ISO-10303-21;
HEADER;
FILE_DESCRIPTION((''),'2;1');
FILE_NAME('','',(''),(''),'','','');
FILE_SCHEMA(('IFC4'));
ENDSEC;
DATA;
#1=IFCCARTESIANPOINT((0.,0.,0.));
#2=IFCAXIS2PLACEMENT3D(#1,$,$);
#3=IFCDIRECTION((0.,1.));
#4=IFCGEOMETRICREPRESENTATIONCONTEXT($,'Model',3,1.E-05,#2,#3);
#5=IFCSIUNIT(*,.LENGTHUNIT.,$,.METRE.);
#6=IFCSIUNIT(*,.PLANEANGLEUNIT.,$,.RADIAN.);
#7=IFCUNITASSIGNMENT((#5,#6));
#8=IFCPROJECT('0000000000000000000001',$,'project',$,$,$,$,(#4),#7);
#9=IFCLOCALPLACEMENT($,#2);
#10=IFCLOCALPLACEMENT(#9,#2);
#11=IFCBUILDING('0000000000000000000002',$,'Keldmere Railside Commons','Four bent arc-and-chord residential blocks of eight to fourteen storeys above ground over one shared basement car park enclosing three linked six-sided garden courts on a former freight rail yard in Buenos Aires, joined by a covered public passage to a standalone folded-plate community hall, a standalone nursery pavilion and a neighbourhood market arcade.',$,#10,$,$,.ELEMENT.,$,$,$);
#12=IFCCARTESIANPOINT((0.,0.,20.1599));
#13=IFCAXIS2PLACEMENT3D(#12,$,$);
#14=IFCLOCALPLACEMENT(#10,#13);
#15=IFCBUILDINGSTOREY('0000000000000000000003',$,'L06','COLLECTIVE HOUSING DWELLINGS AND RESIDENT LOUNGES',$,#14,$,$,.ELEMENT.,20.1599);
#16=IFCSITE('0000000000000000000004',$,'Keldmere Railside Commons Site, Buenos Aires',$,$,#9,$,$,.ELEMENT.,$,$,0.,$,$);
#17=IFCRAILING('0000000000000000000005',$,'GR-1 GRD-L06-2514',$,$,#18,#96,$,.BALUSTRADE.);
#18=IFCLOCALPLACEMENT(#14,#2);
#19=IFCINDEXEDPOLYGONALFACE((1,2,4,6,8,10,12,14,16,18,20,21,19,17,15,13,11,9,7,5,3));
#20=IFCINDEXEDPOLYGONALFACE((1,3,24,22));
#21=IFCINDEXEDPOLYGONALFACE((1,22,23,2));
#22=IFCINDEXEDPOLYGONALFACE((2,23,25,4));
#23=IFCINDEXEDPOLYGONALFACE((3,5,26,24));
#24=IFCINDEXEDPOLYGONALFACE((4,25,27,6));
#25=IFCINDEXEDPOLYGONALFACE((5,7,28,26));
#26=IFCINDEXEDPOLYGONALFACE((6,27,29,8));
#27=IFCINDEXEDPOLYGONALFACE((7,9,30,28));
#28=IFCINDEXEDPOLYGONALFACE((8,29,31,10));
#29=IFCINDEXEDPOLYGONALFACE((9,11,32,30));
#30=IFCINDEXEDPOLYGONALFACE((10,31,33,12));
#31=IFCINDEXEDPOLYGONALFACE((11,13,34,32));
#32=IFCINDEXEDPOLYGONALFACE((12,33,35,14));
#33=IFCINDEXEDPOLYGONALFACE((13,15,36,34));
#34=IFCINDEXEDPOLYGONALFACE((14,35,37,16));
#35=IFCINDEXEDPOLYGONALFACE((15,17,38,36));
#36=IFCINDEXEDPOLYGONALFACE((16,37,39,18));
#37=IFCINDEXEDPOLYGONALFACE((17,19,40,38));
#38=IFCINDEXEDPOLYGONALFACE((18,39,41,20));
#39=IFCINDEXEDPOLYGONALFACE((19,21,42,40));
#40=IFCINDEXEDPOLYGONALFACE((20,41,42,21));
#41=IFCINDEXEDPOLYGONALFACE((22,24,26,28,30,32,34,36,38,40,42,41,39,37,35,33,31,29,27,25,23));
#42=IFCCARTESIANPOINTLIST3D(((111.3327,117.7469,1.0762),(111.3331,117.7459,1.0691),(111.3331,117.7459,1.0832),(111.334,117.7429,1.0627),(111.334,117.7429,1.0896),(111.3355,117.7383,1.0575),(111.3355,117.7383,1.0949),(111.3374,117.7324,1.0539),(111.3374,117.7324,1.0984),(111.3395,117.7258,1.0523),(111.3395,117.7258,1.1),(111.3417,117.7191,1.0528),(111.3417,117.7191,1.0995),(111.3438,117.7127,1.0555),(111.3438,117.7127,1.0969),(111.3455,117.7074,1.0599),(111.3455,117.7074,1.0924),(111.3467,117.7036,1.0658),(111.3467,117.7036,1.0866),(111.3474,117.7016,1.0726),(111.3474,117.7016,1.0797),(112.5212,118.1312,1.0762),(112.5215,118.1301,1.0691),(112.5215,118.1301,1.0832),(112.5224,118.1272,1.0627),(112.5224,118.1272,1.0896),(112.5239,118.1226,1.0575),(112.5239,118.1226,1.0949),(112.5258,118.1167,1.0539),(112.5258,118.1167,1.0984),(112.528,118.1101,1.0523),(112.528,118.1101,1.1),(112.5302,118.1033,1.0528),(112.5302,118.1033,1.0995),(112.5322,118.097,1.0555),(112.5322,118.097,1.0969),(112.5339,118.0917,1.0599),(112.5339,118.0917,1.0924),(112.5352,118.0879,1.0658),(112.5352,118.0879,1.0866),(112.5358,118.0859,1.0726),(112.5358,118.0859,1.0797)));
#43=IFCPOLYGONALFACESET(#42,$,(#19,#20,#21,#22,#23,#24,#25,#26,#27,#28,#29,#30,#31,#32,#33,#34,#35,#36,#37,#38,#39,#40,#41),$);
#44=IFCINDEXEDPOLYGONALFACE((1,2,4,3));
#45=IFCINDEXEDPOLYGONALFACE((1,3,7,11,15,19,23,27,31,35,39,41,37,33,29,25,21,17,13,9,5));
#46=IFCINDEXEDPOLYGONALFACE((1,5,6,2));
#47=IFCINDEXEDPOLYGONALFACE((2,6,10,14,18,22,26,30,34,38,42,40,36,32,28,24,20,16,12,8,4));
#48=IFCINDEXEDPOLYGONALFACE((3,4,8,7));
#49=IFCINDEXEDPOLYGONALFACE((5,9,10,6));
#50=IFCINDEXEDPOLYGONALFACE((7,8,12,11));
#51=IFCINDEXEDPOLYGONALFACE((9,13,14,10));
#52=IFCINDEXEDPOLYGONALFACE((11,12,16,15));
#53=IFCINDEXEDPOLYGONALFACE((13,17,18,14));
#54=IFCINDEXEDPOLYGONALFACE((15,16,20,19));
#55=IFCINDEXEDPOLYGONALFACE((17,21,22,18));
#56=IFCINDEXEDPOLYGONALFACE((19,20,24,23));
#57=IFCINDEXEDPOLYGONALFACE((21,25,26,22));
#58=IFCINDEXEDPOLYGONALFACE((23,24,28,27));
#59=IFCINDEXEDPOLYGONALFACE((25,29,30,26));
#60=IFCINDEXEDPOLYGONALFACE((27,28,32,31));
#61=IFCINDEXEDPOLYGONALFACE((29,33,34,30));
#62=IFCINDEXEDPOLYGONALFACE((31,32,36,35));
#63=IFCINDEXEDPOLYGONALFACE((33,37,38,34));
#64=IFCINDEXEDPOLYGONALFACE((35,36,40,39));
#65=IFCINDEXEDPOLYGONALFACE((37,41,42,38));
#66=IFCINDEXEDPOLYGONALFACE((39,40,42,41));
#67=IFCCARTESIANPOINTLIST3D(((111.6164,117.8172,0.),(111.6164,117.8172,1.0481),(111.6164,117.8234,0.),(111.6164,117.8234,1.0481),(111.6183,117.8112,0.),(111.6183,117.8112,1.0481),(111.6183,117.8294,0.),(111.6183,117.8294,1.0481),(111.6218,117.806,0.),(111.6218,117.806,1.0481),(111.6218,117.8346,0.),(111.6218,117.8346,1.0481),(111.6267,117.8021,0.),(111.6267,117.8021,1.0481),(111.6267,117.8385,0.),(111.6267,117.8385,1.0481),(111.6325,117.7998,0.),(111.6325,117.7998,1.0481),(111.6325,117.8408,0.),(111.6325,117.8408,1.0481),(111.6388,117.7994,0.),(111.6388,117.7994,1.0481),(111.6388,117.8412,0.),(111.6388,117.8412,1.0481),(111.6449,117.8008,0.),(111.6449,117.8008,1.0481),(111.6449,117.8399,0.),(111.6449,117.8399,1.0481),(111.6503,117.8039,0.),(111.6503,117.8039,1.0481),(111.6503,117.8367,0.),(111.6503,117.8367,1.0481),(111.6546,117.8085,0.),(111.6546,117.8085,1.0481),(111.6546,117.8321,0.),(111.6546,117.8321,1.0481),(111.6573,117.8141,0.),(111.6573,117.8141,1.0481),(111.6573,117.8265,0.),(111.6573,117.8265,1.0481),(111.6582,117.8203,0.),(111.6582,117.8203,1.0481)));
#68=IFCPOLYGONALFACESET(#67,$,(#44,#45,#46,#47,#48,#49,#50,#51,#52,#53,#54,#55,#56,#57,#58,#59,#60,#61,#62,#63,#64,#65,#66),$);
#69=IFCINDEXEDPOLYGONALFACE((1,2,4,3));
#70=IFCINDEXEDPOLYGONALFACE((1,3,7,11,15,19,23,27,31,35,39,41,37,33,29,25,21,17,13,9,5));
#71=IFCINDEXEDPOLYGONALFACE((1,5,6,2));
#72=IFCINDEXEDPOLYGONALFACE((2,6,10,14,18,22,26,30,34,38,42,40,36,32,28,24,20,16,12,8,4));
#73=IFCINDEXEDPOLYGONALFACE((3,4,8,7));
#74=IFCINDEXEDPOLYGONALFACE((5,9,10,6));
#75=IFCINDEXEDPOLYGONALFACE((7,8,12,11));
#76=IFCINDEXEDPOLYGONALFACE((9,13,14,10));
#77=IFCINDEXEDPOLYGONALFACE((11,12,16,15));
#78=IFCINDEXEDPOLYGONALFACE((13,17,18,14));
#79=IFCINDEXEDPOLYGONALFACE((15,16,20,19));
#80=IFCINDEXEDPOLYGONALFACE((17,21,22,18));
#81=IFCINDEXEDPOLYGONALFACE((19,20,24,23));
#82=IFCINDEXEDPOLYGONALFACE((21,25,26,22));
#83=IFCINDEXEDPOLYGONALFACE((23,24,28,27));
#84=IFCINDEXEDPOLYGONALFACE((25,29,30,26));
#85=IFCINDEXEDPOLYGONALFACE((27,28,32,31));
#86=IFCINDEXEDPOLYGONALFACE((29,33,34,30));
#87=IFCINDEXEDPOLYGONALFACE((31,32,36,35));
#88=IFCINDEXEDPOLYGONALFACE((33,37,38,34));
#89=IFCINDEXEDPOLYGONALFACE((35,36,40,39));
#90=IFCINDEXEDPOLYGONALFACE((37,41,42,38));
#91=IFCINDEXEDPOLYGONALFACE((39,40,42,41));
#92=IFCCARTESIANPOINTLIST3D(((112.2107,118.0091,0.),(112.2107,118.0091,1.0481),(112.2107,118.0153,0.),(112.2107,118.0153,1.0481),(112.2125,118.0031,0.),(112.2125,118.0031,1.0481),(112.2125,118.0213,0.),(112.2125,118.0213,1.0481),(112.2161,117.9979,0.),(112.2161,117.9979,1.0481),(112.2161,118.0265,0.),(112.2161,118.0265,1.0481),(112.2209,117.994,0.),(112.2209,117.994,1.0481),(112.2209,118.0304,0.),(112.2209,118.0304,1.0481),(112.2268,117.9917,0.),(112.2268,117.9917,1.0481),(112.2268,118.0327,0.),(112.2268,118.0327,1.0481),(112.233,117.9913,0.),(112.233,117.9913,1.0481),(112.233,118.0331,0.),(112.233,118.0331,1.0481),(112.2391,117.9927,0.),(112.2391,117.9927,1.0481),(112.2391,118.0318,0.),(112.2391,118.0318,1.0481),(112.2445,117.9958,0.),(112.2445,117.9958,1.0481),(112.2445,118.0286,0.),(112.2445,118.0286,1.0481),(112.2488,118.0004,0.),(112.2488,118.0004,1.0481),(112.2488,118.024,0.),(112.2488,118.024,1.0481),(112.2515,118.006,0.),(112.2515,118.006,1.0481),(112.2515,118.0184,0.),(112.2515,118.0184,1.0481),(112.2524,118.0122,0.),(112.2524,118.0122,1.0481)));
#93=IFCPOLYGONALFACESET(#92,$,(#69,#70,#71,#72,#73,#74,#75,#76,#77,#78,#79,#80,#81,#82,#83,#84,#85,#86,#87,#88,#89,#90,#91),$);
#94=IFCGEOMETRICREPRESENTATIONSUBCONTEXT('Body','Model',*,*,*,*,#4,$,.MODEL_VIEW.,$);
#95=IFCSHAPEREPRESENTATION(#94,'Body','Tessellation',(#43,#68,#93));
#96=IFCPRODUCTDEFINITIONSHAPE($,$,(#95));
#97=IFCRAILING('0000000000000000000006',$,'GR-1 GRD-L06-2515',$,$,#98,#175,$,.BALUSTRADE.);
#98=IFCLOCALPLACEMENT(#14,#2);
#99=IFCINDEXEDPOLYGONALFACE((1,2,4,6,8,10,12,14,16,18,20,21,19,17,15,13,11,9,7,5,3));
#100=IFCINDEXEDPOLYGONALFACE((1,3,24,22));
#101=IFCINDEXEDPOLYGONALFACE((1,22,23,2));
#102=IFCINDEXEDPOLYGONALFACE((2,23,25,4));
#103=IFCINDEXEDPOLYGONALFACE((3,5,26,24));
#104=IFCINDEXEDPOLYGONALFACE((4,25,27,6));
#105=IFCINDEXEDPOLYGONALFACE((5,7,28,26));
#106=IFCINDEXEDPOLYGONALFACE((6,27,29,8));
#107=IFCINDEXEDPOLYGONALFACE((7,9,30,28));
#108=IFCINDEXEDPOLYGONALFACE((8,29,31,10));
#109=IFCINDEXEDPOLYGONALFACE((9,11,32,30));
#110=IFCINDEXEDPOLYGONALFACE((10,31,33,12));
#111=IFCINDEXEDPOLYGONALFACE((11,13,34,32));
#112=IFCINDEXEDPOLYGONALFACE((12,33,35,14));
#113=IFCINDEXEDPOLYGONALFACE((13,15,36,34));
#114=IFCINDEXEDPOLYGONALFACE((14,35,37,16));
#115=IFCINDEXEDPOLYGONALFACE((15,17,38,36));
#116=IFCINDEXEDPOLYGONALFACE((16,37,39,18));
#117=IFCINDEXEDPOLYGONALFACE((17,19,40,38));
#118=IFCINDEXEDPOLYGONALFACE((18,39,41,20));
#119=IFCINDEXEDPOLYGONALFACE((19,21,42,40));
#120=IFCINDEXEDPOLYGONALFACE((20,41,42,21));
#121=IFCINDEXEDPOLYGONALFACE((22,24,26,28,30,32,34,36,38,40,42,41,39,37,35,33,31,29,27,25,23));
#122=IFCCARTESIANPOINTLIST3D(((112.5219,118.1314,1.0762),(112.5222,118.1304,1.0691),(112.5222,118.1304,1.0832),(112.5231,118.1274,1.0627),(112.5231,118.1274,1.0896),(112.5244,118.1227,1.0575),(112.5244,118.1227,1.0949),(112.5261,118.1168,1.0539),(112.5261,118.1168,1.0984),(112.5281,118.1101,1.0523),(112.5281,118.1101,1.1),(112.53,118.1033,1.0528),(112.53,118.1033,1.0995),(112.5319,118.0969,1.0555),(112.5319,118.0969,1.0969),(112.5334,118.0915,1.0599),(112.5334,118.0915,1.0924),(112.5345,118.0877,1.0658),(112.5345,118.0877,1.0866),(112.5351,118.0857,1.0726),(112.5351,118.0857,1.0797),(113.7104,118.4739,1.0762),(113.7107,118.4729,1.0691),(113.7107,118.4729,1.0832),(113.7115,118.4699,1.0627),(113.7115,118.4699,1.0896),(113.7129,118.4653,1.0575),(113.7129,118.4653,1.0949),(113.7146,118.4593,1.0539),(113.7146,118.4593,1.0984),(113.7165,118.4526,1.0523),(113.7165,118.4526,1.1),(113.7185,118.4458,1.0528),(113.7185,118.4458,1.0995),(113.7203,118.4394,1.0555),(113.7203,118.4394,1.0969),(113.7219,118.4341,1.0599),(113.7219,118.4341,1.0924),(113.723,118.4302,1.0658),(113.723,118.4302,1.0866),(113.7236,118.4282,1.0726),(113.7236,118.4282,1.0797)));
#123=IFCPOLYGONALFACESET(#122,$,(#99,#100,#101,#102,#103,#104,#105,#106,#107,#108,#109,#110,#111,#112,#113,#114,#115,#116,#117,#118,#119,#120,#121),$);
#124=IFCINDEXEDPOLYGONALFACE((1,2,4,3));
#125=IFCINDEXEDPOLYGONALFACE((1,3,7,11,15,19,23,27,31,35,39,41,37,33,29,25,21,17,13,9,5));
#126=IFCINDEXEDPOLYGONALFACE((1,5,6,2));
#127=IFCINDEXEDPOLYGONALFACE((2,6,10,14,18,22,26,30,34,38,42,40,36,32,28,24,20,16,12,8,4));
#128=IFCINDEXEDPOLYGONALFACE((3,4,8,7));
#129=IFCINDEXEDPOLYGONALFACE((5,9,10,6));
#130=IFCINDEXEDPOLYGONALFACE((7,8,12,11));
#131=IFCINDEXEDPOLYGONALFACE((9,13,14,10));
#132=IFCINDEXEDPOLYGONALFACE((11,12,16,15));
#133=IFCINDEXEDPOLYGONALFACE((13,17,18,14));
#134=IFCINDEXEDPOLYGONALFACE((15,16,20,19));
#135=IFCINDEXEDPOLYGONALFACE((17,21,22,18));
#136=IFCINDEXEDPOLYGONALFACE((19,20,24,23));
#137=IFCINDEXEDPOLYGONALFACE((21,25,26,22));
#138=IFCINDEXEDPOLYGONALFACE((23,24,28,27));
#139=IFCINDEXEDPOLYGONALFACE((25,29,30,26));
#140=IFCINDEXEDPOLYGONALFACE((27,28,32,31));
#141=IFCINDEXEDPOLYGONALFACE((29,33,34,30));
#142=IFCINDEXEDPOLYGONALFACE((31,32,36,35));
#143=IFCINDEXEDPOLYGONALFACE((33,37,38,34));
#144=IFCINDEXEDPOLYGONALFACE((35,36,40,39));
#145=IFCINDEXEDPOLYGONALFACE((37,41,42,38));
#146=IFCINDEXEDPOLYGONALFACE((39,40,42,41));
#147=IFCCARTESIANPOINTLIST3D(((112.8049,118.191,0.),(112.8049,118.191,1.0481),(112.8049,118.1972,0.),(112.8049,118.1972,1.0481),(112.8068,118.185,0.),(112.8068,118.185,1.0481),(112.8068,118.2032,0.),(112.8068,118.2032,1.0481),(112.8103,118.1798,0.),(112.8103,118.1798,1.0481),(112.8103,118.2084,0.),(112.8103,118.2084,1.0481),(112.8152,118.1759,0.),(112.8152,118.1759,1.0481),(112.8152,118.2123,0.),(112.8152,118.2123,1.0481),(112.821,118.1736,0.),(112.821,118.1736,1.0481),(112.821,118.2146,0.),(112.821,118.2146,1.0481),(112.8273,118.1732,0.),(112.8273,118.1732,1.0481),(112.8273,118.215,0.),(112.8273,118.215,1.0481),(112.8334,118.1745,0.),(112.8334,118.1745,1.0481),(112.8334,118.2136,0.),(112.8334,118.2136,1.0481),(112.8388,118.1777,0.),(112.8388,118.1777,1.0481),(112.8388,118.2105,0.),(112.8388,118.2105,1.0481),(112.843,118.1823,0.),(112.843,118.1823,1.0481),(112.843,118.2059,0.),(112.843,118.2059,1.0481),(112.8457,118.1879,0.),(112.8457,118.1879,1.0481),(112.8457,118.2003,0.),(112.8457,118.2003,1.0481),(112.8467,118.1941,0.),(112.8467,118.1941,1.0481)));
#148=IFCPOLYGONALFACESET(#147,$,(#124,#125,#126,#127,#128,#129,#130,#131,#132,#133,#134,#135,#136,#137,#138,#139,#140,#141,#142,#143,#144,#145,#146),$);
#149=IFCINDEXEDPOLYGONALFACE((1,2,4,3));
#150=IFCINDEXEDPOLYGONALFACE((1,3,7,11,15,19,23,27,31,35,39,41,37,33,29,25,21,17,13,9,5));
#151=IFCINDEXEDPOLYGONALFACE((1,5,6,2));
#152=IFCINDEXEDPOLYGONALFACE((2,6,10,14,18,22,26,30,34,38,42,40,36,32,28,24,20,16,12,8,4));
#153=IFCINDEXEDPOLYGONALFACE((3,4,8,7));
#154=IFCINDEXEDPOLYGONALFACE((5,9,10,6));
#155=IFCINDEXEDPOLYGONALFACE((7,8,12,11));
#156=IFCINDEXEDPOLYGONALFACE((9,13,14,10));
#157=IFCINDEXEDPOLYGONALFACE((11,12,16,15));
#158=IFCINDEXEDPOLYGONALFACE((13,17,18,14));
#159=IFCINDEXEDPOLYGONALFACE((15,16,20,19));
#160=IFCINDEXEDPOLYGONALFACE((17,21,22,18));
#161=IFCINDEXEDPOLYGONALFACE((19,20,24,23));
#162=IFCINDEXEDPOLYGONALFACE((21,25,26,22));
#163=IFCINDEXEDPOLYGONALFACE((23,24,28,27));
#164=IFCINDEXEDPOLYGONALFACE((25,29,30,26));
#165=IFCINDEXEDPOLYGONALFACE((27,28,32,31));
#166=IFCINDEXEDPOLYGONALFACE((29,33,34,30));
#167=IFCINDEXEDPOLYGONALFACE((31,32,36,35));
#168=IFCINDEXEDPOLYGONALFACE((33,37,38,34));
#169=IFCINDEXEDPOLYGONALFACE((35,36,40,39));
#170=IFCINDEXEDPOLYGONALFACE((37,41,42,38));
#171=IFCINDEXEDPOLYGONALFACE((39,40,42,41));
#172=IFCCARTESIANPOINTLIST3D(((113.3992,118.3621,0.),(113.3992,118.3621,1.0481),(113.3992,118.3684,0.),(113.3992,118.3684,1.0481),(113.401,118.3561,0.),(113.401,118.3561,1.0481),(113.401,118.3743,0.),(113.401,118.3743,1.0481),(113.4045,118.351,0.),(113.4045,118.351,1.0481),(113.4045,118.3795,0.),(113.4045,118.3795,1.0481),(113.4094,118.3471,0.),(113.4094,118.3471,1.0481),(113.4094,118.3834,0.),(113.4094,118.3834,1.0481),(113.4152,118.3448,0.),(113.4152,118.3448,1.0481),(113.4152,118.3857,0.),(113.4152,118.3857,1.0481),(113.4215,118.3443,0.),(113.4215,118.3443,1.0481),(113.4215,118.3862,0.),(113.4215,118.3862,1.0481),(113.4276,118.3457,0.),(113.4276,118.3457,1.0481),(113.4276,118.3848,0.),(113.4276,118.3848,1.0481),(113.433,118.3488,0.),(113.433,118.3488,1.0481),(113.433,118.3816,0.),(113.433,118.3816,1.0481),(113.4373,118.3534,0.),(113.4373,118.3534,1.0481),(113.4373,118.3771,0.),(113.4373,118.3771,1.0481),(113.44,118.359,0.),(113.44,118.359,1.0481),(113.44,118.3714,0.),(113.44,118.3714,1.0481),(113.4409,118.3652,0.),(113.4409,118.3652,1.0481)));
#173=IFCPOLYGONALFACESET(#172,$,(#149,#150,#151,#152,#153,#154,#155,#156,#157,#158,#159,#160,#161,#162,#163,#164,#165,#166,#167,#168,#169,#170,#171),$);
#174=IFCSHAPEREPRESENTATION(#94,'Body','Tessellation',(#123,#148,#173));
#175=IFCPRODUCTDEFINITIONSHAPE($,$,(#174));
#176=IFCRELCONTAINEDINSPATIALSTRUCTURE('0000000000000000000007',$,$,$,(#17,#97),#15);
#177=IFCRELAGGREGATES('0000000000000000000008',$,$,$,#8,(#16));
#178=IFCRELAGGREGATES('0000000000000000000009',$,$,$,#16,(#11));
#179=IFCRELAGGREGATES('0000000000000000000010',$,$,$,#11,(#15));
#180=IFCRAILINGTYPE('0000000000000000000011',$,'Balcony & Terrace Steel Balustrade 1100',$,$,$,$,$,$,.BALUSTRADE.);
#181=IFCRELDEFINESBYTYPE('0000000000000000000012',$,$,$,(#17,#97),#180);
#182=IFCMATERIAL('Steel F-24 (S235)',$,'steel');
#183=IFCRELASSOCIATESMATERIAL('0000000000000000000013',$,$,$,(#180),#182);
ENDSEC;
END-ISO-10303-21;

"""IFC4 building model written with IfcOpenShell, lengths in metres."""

from ifc_helpers import new_model, si_unit, direction, frame, origin, origin_2d, place, context, subcontext, project, spatial, circle, extrude, material, type_object, element, save


model = new_model("IFC4")

# Units and contexts
model_context = context("Model", 3, precision=1e-05, world=origin(), true_north=direction((0.0, 1.0)))
body_context = subcontext(model_context, "Body", "Model", "MODEL_VIEW")
ifc_project = project(units=[si_unit("LENGTHUNIT", "METRE"), si_unit("PLANEANGLEUNIT", "RADIAN")], contexts=[model_context])

# Site, building, storey
site_placement = place(None, origin())
site = spatial("IfcSite", under=ifc_project, at=site_placement, Name="Keldmere Railside Commons Site, Buenos Aires", CompositionType="ELEMENT", RefElevation=0.0)
building_placement = place(site_placement, origin())
building = spatial("IfcBuilding", under=site, at=building_placement, Name="Keldmere Railside Commons", Description="Four bent arc-and-chord residential blocks of eight to fourteen storeys above ground over one shared basement car park enclosing three linked six-sided garden courts on a former freight rail yard in Buenos Aires, joined by a covered public passage to a standalone folded-plate community hall, a standalone nursery pavilion and a neighbourhood market arcade.", CompositionType="ELEMENT")
storey_placement = place(building_placement, frame((0.0, 0.0, 20.1599)))
storey = spatial("IfcBuildingStorey", under=building, at=storey_placement, Name="L06", Description="COLLECTIVE HOUSING DWELLINGS AND RESIDENT LOUNGES", CompositionType="ELEMENT", Elevation=20.1599)

# Railings
ifc_material_1 = material(Name="Steel F-24 (S235)", Category="steel")
railing_type = type_object("IfcRailingType", Name="Balcony & Terrace Steel Balustrade 1100", PredefinedType="BALUSTRADE", material=ifc_material_1)
railing_1_placement = place(storey_placement, frame((111.3401, 117.7241, 0.0)))
element("IfcRailing", 1, at=railing_1_placement, inside=storey, type_object=railing_type, Name="GR-1 GRD-L06-2514", PredefinedType="BALUSTRADE", context=body_context, shape_type="SweptSolid", body=[
    extrude(circle(Radius=0.0239, at=origin_2d()), frame((0.0, 0.0, 1.0762), z_axis=(0.951498, 0.307654, 0.0), x_axis=(-0.307654, 0.951498, 0.0)), (0.0, 0.0, 1.0), 1.249),
    extrude(circle(Radius=0.021, at=origin_2d()), frame((0.2971, 0.0962, 0.0)), (0.0, 0.0, 1.0), 1.0481),
    extrude(circle(Radius=0.021, at=origin_2d()), frame((0.8914, 0.2881, 0.0)), (0.0, 0.0, 1.0), 1.0481),
])
railing_2_placement = place(storey_placement, frame((112.5286, 118.1084, 0.0)))
element("IfcRailing", 2, at=railing_2_placement, inside=storey, type_object=railing_type, Name="GR-1 GRD-L06-2515", PredefinedType="BALUSTRADE", context=body_context, shape_type="SweptSolid", body=[
    extrude(circle(Radius=0.0239, at=origin_2d()), frame((0.0, 0.0, 1.0762), z_axis=(0.960888, 0.276936, 0.0), x_axis=(-0.276936, 0.960888, 0.0)), (0.0, 0.0, 1.0), 1.2368),
    extrude(circle(Radius=0.021, at=origin_2d()), frame((0.2971, 0.0857, 0.0)), (0.0, 0.0, 1.0), 1.0481),
    extrude(circle(Radius=0.021, at=origin_2d()), frame((0.8914, 0.2568, 0.0)), (0.0, 0.0, 1.0), 1.0481),
])

save(model, "model.ifc")
